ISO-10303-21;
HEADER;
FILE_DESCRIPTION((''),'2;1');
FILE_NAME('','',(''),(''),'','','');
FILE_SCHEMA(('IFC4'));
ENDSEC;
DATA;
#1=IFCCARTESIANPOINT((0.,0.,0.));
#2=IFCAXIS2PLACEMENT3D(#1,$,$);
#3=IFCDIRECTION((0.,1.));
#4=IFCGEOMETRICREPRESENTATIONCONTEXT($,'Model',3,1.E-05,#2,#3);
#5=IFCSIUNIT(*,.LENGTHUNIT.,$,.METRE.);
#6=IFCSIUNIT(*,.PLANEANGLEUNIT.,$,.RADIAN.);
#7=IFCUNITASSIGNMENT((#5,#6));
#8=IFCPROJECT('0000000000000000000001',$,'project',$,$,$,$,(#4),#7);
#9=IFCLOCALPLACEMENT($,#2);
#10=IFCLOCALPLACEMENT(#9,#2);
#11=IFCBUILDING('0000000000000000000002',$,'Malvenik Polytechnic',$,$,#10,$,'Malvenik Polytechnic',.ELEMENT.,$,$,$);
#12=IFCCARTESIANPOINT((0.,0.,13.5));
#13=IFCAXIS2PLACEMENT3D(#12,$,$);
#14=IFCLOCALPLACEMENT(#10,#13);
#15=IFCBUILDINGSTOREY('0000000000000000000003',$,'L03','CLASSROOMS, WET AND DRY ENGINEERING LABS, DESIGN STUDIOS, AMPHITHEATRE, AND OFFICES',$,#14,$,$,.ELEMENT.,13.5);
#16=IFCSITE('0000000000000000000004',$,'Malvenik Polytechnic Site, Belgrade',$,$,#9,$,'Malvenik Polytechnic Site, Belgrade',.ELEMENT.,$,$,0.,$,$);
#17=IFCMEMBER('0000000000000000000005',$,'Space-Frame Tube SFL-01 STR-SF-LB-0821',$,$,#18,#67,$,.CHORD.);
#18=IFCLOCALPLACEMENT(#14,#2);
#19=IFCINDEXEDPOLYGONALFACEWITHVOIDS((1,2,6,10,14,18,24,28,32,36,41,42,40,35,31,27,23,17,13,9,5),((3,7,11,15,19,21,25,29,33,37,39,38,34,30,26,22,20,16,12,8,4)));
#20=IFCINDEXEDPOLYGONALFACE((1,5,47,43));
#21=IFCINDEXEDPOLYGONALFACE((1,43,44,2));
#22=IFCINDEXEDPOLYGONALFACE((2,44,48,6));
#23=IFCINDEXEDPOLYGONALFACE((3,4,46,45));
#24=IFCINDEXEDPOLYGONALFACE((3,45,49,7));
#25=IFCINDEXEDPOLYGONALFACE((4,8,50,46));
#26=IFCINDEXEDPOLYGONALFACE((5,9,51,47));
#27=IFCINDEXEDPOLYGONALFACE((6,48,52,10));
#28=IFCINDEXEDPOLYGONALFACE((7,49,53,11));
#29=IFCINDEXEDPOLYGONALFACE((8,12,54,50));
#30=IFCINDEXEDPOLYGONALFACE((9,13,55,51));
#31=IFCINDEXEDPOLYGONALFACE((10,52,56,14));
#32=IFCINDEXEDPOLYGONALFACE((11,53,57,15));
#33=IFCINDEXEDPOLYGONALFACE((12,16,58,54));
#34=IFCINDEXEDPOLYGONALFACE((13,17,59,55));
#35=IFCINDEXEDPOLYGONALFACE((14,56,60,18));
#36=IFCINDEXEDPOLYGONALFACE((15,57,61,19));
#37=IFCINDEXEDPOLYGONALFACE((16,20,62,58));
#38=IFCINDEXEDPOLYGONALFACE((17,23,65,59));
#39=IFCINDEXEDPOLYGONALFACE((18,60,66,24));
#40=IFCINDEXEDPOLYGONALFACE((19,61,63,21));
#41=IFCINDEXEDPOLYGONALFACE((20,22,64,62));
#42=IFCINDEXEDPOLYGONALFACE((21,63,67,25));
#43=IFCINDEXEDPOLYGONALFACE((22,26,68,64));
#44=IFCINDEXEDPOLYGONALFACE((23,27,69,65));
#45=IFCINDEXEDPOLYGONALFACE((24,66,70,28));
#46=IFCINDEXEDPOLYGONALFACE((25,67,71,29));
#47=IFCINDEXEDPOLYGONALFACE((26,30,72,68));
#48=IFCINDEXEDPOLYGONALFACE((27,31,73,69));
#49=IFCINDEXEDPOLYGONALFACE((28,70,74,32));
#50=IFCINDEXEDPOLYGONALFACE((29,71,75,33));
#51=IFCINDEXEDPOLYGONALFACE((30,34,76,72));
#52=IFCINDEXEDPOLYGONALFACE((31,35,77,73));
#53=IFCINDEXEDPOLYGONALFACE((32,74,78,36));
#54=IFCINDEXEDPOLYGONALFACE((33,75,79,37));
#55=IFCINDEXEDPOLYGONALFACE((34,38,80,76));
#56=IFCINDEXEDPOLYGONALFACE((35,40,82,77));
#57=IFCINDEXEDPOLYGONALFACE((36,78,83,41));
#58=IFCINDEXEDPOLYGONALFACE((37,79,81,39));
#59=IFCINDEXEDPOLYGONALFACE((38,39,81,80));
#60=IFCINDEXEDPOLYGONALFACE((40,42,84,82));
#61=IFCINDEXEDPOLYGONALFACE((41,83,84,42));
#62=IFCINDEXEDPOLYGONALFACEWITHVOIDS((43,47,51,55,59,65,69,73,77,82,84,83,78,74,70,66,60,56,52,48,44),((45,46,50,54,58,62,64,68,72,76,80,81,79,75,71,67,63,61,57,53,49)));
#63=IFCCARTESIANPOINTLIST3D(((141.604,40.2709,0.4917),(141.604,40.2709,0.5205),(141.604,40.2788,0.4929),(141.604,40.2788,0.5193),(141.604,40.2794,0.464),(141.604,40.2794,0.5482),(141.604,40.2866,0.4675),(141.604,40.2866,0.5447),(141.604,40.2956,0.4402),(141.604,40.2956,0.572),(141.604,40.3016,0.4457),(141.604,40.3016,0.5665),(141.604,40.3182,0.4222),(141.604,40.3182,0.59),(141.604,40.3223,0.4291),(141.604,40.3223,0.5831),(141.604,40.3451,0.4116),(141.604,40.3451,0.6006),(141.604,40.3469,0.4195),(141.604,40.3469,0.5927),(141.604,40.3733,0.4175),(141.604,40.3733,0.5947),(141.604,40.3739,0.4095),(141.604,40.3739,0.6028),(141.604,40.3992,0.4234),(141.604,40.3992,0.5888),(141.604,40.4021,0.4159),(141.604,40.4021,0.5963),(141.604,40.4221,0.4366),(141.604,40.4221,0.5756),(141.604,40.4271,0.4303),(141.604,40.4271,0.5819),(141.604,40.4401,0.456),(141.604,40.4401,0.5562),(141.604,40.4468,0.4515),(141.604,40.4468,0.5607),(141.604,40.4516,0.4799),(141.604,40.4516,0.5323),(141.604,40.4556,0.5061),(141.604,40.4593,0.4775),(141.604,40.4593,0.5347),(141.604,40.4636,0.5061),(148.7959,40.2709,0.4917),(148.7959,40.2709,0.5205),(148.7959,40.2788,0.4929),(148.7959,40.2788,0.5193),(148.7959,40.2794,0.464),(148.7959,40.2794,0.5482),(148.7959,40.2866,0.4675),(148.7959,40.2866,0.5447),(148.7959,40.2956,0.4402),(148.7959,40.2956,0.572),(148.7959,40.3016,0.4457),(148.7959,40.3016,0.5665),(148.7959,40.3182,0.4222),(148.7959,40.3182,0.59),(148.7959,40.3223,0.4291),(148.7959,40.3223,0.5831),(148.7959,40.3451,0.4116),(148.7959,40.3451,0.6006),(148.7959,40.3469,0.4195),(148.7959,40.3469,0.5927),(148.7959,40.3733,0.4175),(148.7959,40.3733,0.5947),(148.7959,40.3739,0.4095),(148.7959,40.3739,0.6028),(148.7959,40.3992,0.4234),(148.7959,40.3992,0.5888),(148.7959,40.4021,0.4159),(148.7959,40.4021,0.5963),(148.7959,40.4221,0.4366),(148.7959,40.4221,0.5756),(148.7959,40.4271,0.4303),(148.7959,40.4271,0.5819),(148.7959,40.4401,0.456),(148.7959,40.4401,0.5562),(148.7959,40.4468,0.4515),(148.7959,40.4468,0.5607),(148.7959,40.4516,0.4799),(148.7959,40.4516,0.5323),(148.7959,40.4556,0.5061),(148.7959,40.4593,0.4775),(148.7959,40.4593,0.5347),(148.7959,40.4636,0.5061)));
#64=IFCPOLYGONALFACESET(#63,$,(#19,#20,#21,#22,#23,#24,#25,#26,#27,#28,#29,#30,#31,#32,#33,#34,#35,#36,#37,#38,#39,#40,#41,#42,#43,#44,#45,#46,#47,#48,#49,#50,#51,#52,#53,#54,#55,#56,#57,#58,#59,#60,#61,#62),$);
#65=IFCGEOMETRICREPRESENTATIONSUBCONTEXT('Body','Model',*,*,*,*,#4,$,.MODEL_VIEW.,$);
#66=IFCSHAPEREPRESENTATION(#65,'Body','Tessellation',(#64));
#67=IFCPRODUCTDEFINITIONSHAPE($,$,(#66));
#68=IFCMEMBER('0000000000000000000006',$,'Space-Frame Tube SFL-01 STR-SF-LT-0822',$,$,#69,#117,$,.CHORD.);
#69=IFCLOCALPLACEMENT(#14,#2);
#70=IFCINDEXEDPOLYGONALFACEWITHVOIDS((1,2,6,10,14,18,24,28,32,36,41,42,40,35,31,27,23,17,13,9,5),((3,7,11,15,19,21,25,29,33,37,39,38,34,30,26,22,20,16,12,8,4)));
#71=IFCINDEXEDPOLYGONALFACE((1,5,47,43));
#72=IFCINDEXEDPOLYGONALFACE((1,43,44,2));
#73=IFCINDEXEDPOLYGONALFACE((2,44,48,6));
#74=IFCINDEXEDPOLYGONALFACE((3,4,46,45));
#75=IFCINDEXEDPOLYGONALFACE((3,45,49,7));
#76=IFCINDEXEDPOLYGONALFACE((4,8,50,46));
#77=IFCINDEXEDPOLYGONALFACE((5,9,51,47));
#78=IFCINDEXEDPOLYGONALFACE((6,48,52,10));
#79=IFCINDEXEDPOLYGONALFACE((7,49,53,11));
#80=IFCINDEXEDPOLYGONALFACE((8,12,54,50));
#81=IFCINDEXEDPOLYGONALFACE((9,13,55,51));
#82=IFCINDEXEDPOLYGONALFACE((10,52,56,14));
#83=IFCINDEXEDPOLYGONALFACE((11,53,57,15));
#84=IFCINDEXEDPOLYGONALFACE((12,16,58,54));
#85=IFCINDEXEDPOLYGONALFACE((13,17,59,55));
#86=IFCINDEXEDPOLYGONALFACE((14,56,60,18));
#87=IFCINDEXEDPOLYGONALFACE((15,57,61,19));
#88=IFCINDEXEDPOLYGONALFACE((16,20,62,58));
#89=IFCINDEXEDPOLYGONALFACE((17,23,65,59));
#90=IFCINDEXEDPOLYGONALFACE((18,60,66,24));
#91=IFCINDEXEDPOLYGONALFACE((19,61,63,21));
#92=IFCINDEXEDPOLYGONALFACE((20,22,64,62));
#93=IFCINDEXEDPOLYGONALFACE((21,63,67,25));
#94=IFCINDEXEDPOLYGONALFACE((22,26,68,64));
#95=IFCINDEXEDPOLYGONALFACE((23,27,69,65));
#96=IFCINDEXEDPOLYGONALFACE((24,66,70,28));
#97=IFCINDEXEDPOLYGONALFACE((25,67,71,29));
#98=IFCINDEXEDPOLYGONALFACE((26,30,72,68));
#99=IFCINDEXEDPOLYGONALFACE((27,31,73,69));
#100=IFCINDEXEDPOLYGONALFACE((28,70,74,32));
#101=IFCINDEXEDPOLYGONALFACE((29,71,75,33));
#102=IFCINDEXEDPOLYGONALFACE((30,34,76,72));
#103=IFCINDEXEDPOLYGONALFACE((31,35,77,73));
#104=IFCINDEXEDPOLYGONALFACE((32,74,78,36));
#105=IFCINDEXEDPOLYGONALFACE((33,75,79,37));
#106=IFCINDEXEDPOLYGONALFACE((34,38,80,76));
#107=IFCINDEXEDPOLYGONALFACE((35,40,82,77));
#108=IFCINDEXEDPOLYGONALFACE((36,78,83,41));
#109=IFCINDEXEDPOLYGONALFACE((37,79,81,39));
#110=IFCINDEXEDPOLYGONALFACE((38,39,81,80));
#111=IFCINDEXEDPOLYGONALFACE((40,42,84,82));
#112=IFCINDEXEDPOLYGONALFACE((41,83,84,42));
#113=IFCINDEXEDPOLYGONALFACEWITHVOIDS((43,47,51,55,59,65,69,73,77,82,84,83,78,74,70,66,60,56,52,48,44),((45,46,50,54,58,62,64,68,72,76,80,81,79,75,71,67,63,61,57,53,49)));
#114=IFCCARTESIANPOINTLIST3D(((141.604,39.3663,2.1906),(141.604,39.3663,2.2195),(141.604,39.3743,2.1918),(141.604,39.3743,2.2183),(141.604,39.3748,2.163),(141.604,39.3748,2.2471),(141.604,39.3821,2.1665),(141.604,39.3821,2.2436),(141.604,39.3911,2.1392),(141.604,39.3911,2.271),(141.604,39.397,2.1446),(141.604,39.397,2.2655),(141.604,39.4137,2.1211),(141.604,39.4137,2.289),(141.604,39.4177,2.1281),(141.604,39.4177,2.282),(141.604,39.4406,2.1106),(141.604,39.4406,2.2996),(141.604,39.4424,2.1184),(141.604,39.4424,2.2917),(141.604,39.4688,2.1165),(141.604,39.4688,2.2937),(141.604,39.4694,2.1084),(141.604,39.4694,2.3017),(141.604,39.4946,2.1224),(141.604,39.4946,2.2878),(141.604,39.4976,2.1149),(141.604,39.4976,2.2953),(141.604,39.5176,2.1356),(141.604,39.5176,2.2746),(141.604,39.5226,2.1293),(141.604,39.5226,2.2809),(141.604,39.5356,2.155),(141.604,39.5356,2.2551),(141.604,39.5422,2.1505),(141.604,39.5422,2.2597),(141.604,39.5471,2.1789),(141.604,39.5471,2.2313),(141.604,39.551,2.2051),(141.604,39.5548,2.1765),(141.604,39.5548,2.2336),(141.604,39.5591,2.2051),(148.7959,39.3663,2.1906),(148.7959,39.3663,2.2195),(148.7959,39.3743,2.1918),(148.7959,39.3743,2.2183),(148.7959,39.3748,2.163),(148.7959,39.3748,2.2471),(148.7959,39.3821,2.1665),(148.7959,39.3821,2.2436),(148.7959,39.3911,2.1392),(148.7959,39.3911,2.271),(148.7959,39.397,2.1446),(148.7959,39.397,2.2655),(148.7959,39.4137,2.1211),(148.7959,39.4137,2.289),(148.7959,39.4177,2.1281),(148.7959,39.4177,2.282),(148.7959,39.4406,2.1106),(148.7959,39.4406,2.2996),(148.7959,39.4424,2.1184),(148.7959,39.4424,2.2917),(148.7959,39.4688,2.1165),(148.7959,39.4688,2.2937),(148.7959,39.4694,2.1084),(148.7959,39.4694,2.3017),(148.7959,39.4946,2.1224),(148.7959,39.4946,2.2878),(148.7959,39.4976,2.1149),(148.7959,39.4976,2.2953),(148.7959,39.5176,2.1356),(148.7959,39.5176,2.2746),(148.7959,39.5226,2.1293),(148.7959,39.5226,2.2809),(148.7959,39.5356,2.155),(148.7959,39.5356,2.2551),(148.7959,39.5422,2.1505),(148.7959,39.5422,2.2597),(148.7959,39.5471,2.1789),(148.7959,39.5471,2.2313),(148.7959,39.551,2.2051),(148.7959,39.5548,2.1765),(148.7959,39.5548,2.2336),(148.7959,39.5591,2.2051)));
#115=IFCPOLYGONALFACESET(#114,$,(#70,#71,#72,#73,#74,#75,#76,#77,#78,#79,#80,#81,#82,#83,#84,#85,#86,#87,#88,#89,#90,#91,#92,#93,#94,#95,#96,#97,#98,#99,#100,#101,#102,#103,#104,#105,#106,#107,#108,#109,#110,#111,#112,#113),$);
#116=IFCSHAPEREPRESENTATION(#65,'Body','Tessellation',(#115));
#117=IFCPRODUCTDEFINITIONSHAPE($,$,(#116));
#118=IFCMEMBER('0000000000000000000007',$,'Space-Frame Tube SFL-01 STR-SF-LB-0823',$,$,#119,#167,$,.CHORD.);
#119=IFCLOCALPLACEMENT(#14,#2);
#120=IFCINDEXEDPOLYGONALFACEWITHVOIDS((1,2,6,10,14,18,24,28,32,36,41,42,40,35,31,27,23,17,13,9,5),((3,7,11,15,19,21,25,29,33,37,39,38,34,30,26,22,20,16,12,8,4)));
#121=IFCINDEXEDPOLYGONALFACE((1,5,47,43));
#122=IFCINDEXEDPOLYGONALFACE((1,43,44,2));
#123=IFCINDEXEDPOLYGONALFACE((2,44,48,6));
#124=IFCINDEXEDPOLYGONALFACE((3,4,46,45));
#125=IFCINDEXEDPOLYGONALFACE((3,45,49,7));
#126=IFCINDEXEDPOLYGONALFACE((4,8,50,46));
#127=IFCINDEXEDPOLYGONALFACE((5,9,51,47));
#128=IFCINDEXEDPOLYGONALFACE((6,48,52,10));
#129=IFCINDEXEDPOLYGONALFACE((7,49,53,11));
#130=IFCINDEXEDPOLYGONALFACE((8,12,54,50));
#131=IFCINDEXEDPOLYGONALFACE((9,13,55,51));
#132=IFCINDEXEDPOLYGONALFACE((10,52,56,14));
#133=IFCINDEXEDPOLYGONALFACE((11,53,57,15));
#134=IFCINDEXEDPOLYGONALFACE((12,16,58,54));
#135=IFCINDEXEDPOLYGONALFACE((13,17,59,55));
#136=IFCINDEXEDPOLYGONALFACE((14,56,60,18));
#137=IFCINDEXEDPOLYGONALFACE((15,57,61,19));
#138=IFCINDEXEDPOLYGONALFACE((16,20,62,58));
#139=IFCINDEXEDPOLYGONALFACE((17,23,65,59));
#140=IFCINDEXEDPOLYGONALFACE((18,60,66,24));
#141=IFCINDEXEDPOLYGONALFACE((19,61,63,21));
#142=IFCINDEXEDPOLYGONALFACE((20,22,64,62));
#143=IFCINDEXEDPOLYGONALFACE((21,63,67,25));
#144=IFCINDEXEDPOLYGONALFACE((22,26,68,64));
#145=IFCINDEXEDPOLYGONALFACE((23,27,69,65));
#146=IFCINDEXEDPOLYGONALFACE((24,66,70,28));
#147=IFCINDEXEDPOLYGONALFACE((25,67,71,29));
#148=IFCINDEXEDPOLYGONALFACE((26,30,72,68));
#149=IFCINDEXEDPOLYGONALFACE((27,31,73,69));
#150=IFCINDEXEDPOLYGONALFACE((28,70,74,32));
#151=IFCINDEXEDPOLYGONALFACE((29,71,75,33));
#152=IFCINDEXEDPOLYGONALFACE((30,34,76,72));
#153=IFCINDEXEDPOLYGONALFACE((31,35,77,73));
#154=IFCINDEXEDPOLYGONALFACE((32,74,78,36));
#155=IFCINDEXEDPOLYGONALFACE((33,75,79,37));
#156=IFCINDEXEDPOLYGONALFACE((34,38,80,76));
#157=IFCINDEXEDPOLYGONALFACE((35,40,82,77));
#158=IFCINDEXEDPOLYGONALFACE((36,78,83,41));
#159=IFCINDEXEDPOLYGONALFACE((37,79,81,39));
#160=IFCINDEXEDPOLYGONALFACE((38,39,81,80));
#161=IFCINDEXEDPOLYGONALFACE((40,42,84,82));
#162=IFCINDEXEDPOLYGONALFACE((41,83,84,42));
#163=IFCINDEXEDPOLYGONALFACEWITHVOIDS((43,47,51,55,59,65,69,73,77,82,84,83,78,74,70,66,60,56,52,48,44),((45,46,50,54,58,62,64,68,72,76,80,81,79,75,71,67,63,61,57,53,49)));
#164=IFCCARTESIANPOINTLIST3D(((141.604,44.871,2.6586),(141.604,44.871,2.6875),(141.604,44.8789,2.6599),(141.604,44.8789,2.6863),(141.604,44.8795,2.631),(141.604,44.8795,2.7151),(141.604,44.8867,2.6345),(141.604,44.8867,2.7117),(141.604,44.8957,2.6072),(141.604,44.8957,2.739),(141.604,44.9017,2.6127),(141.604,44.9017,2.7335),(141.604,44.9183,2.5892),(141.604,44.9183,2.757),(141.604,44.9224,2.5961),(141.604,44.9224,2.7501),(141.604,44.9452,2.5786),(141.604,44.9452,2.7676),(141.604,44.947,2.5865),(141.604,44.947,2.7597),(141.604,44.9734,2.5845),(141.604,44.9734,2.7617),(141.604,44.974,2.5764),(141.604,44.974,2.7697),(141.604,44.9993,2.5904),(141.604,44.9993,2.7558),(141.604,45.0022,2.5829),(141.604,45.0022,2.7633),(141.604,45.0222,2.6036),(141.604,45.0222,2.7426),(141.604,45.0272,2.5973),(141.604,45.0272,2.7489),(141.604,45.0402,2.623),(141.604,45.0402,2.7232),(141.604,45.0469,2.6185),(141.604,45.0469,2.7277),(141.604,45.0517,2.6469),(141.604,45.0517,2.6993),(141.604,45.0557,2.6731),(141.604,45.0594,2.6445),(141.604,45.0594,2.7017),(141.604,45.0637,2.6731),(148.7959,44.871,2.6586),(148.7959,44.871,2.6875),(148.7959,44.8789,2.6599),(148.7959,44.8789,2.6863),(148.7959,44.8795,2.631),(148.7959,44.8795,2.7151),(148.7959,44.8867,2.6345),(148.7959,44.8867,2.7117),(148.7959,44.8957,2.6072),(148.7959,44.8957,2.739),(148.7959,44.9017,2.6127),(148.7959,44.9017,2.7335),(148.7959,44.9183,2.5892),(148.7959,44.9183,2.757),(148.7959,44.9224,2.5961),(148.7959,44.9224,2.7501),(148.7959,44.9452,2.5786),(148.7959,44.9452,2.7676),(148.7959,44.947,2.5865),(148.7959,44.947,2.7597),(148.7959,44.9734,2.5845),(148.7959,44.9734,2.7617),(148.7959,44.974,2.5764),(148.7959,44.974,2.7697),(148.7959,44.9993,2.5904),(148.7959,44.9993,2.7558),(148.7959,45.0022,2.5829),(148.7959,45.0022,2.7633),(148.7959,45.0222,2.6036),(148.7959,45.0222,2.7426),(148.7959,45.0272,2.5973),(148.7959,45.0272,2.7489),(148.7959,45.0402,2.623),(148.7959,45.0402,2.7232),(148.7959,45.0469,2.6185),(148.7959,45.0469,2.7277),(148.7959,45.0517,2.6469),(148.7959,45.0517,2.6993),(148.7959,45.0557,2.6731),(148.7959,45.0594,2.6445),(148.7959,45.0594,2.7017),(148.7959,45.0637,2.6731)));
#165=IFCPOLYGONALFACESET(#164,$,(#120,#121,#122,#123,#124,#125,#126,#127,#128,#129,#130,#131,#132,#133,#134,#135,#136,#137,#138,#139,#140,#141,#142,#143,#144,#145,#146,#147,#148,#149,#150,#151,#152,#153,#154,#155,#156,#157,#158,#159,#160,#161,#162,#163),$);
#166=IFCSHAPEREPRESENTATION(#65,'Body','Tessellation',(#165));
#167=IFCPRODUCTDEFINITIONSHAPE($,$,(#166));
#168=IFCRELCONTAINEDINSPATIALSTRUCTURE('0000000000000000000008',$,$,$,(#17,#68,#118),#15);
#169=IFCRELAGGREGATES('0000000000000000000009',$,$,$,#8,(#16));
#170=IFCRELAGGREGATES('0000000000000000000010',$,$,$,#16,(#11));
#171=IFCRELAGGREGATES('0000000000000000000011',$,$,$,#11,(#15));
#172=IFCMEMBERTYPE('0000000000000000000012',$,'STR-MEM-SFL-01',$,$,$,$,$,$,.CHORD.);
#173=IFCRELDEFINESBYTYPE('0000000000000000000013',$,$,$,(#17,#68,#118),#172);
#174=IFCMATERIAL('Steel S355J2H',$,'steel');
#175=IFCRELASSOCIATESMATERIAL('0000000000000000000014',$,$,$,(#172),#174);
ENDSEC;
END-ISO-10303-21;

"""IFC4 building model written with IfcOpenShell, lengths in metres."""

from ifc_helpers import new_model, si_unit, direction, frame, origin, origin_2d, place, context, subcontext, project, spatial, hollow_circle, extrude, material, material_profile, profile_set, type_object, element, save


model = new_model("IFC4")

# Units and contexts
model_context = context("Model", 3, precision=1e-05, world=origin(), true_north=direction((0.0, 1.0)))
body_context = subcontext(model_context, "Body", "Model", "MODEL_VIEW")
ifc_project = project(units=[si_unit("LENGTHUNIT", "METRE"), si_unit("PLANEANGLEUNIT", "RADIAN")], contexts=[model_context])

# Site, building, storey
site_placement = place(None, origin())
site = spatial("IfcSite", under=ifc_project, at=site_placement, Name="Malvenik Polytechnic Site, Belgrade", LongName="Malvenik Polytechnic Site, Belgrade", CompositionType="ELEMENT", RefElevation=0.0)
building_placement = place(site_placement, origin())
building = spatial("IfcBuilding", under=site, at=building_placement, Name="Malvenik Polytechnic", LongName="Malvenik Polytechnic", CompositionType="ELEMENT")
storey_placement = place(building_placement, frame((0.0, 0.0, 13.5)))
storey = spatial("IfcBuildingStorey", under=building, at=storey_placement, Name="L03", Description="CLASSROOMS, WET AND DRY ENGINEERING LABS, DESIGN STUDIOS, AMPHITHEATRE, AND OFFICES", CompositionType="ELEMENT", Elevation=13.5)

# Members
ifc_material_1 = material(Name="Steel S355J2H", Category="steel")
ifc_material_profile_1 = material_profile(ifc_material_1, hollow_circle(Radius=0.0969, WallThickness=0.0081, at=origin_2d()), Name="CHS 193.7x8.0")
ifc_profile_set_1 = profile_set([ifc_material_profile_1], Name="Steel S355J2H")
member_type_1 = type_object("IfcMemberType", Name="STR-MEM-SFL-01", PredefinedType="CHORD", material=ifc_profile_set_1)
for number, where, z_axis, x_axis, name in (
    (1, (141.604, 40.3667, 0.5061), (1.0, 0.0, 0.0), (0.0, 1.0, 0.0), "Space-Frame Tube SFL-01 STR-SF-LB-0821"),
    (2, (141.604, 39.4622, 2.2051), (1.0, 0.0, 0.0), (0.0, 1.0, 0.0), "Space-Frame Tube SFL-01 STR-SF-LT-0822"),
    (3, (141.604, 44.9668, 2.6731), (1.0, 0.0, 0.0), (0.0, 1.0, 0.0), "Space-Frame Tube SFL-01 STR-SF-LB-0823"),
):
    element("IfcMember", number, at=place(storey_placement, frame(where, z_axis=z_axis, x_axis=x_axis)), inside=storey, type_object=member_type_1, Name=name, PredefinedType="CHORD", context=body_context, shape_type="SweptSolid", body=[
        extrude(hollow_circle(Radius=0.0969, WallThickness=0.0081, at=origin_2d()), origin(), (0.0, 0.0, 1.0), 7.1919),
    ])

save(model, "model.ifc")
